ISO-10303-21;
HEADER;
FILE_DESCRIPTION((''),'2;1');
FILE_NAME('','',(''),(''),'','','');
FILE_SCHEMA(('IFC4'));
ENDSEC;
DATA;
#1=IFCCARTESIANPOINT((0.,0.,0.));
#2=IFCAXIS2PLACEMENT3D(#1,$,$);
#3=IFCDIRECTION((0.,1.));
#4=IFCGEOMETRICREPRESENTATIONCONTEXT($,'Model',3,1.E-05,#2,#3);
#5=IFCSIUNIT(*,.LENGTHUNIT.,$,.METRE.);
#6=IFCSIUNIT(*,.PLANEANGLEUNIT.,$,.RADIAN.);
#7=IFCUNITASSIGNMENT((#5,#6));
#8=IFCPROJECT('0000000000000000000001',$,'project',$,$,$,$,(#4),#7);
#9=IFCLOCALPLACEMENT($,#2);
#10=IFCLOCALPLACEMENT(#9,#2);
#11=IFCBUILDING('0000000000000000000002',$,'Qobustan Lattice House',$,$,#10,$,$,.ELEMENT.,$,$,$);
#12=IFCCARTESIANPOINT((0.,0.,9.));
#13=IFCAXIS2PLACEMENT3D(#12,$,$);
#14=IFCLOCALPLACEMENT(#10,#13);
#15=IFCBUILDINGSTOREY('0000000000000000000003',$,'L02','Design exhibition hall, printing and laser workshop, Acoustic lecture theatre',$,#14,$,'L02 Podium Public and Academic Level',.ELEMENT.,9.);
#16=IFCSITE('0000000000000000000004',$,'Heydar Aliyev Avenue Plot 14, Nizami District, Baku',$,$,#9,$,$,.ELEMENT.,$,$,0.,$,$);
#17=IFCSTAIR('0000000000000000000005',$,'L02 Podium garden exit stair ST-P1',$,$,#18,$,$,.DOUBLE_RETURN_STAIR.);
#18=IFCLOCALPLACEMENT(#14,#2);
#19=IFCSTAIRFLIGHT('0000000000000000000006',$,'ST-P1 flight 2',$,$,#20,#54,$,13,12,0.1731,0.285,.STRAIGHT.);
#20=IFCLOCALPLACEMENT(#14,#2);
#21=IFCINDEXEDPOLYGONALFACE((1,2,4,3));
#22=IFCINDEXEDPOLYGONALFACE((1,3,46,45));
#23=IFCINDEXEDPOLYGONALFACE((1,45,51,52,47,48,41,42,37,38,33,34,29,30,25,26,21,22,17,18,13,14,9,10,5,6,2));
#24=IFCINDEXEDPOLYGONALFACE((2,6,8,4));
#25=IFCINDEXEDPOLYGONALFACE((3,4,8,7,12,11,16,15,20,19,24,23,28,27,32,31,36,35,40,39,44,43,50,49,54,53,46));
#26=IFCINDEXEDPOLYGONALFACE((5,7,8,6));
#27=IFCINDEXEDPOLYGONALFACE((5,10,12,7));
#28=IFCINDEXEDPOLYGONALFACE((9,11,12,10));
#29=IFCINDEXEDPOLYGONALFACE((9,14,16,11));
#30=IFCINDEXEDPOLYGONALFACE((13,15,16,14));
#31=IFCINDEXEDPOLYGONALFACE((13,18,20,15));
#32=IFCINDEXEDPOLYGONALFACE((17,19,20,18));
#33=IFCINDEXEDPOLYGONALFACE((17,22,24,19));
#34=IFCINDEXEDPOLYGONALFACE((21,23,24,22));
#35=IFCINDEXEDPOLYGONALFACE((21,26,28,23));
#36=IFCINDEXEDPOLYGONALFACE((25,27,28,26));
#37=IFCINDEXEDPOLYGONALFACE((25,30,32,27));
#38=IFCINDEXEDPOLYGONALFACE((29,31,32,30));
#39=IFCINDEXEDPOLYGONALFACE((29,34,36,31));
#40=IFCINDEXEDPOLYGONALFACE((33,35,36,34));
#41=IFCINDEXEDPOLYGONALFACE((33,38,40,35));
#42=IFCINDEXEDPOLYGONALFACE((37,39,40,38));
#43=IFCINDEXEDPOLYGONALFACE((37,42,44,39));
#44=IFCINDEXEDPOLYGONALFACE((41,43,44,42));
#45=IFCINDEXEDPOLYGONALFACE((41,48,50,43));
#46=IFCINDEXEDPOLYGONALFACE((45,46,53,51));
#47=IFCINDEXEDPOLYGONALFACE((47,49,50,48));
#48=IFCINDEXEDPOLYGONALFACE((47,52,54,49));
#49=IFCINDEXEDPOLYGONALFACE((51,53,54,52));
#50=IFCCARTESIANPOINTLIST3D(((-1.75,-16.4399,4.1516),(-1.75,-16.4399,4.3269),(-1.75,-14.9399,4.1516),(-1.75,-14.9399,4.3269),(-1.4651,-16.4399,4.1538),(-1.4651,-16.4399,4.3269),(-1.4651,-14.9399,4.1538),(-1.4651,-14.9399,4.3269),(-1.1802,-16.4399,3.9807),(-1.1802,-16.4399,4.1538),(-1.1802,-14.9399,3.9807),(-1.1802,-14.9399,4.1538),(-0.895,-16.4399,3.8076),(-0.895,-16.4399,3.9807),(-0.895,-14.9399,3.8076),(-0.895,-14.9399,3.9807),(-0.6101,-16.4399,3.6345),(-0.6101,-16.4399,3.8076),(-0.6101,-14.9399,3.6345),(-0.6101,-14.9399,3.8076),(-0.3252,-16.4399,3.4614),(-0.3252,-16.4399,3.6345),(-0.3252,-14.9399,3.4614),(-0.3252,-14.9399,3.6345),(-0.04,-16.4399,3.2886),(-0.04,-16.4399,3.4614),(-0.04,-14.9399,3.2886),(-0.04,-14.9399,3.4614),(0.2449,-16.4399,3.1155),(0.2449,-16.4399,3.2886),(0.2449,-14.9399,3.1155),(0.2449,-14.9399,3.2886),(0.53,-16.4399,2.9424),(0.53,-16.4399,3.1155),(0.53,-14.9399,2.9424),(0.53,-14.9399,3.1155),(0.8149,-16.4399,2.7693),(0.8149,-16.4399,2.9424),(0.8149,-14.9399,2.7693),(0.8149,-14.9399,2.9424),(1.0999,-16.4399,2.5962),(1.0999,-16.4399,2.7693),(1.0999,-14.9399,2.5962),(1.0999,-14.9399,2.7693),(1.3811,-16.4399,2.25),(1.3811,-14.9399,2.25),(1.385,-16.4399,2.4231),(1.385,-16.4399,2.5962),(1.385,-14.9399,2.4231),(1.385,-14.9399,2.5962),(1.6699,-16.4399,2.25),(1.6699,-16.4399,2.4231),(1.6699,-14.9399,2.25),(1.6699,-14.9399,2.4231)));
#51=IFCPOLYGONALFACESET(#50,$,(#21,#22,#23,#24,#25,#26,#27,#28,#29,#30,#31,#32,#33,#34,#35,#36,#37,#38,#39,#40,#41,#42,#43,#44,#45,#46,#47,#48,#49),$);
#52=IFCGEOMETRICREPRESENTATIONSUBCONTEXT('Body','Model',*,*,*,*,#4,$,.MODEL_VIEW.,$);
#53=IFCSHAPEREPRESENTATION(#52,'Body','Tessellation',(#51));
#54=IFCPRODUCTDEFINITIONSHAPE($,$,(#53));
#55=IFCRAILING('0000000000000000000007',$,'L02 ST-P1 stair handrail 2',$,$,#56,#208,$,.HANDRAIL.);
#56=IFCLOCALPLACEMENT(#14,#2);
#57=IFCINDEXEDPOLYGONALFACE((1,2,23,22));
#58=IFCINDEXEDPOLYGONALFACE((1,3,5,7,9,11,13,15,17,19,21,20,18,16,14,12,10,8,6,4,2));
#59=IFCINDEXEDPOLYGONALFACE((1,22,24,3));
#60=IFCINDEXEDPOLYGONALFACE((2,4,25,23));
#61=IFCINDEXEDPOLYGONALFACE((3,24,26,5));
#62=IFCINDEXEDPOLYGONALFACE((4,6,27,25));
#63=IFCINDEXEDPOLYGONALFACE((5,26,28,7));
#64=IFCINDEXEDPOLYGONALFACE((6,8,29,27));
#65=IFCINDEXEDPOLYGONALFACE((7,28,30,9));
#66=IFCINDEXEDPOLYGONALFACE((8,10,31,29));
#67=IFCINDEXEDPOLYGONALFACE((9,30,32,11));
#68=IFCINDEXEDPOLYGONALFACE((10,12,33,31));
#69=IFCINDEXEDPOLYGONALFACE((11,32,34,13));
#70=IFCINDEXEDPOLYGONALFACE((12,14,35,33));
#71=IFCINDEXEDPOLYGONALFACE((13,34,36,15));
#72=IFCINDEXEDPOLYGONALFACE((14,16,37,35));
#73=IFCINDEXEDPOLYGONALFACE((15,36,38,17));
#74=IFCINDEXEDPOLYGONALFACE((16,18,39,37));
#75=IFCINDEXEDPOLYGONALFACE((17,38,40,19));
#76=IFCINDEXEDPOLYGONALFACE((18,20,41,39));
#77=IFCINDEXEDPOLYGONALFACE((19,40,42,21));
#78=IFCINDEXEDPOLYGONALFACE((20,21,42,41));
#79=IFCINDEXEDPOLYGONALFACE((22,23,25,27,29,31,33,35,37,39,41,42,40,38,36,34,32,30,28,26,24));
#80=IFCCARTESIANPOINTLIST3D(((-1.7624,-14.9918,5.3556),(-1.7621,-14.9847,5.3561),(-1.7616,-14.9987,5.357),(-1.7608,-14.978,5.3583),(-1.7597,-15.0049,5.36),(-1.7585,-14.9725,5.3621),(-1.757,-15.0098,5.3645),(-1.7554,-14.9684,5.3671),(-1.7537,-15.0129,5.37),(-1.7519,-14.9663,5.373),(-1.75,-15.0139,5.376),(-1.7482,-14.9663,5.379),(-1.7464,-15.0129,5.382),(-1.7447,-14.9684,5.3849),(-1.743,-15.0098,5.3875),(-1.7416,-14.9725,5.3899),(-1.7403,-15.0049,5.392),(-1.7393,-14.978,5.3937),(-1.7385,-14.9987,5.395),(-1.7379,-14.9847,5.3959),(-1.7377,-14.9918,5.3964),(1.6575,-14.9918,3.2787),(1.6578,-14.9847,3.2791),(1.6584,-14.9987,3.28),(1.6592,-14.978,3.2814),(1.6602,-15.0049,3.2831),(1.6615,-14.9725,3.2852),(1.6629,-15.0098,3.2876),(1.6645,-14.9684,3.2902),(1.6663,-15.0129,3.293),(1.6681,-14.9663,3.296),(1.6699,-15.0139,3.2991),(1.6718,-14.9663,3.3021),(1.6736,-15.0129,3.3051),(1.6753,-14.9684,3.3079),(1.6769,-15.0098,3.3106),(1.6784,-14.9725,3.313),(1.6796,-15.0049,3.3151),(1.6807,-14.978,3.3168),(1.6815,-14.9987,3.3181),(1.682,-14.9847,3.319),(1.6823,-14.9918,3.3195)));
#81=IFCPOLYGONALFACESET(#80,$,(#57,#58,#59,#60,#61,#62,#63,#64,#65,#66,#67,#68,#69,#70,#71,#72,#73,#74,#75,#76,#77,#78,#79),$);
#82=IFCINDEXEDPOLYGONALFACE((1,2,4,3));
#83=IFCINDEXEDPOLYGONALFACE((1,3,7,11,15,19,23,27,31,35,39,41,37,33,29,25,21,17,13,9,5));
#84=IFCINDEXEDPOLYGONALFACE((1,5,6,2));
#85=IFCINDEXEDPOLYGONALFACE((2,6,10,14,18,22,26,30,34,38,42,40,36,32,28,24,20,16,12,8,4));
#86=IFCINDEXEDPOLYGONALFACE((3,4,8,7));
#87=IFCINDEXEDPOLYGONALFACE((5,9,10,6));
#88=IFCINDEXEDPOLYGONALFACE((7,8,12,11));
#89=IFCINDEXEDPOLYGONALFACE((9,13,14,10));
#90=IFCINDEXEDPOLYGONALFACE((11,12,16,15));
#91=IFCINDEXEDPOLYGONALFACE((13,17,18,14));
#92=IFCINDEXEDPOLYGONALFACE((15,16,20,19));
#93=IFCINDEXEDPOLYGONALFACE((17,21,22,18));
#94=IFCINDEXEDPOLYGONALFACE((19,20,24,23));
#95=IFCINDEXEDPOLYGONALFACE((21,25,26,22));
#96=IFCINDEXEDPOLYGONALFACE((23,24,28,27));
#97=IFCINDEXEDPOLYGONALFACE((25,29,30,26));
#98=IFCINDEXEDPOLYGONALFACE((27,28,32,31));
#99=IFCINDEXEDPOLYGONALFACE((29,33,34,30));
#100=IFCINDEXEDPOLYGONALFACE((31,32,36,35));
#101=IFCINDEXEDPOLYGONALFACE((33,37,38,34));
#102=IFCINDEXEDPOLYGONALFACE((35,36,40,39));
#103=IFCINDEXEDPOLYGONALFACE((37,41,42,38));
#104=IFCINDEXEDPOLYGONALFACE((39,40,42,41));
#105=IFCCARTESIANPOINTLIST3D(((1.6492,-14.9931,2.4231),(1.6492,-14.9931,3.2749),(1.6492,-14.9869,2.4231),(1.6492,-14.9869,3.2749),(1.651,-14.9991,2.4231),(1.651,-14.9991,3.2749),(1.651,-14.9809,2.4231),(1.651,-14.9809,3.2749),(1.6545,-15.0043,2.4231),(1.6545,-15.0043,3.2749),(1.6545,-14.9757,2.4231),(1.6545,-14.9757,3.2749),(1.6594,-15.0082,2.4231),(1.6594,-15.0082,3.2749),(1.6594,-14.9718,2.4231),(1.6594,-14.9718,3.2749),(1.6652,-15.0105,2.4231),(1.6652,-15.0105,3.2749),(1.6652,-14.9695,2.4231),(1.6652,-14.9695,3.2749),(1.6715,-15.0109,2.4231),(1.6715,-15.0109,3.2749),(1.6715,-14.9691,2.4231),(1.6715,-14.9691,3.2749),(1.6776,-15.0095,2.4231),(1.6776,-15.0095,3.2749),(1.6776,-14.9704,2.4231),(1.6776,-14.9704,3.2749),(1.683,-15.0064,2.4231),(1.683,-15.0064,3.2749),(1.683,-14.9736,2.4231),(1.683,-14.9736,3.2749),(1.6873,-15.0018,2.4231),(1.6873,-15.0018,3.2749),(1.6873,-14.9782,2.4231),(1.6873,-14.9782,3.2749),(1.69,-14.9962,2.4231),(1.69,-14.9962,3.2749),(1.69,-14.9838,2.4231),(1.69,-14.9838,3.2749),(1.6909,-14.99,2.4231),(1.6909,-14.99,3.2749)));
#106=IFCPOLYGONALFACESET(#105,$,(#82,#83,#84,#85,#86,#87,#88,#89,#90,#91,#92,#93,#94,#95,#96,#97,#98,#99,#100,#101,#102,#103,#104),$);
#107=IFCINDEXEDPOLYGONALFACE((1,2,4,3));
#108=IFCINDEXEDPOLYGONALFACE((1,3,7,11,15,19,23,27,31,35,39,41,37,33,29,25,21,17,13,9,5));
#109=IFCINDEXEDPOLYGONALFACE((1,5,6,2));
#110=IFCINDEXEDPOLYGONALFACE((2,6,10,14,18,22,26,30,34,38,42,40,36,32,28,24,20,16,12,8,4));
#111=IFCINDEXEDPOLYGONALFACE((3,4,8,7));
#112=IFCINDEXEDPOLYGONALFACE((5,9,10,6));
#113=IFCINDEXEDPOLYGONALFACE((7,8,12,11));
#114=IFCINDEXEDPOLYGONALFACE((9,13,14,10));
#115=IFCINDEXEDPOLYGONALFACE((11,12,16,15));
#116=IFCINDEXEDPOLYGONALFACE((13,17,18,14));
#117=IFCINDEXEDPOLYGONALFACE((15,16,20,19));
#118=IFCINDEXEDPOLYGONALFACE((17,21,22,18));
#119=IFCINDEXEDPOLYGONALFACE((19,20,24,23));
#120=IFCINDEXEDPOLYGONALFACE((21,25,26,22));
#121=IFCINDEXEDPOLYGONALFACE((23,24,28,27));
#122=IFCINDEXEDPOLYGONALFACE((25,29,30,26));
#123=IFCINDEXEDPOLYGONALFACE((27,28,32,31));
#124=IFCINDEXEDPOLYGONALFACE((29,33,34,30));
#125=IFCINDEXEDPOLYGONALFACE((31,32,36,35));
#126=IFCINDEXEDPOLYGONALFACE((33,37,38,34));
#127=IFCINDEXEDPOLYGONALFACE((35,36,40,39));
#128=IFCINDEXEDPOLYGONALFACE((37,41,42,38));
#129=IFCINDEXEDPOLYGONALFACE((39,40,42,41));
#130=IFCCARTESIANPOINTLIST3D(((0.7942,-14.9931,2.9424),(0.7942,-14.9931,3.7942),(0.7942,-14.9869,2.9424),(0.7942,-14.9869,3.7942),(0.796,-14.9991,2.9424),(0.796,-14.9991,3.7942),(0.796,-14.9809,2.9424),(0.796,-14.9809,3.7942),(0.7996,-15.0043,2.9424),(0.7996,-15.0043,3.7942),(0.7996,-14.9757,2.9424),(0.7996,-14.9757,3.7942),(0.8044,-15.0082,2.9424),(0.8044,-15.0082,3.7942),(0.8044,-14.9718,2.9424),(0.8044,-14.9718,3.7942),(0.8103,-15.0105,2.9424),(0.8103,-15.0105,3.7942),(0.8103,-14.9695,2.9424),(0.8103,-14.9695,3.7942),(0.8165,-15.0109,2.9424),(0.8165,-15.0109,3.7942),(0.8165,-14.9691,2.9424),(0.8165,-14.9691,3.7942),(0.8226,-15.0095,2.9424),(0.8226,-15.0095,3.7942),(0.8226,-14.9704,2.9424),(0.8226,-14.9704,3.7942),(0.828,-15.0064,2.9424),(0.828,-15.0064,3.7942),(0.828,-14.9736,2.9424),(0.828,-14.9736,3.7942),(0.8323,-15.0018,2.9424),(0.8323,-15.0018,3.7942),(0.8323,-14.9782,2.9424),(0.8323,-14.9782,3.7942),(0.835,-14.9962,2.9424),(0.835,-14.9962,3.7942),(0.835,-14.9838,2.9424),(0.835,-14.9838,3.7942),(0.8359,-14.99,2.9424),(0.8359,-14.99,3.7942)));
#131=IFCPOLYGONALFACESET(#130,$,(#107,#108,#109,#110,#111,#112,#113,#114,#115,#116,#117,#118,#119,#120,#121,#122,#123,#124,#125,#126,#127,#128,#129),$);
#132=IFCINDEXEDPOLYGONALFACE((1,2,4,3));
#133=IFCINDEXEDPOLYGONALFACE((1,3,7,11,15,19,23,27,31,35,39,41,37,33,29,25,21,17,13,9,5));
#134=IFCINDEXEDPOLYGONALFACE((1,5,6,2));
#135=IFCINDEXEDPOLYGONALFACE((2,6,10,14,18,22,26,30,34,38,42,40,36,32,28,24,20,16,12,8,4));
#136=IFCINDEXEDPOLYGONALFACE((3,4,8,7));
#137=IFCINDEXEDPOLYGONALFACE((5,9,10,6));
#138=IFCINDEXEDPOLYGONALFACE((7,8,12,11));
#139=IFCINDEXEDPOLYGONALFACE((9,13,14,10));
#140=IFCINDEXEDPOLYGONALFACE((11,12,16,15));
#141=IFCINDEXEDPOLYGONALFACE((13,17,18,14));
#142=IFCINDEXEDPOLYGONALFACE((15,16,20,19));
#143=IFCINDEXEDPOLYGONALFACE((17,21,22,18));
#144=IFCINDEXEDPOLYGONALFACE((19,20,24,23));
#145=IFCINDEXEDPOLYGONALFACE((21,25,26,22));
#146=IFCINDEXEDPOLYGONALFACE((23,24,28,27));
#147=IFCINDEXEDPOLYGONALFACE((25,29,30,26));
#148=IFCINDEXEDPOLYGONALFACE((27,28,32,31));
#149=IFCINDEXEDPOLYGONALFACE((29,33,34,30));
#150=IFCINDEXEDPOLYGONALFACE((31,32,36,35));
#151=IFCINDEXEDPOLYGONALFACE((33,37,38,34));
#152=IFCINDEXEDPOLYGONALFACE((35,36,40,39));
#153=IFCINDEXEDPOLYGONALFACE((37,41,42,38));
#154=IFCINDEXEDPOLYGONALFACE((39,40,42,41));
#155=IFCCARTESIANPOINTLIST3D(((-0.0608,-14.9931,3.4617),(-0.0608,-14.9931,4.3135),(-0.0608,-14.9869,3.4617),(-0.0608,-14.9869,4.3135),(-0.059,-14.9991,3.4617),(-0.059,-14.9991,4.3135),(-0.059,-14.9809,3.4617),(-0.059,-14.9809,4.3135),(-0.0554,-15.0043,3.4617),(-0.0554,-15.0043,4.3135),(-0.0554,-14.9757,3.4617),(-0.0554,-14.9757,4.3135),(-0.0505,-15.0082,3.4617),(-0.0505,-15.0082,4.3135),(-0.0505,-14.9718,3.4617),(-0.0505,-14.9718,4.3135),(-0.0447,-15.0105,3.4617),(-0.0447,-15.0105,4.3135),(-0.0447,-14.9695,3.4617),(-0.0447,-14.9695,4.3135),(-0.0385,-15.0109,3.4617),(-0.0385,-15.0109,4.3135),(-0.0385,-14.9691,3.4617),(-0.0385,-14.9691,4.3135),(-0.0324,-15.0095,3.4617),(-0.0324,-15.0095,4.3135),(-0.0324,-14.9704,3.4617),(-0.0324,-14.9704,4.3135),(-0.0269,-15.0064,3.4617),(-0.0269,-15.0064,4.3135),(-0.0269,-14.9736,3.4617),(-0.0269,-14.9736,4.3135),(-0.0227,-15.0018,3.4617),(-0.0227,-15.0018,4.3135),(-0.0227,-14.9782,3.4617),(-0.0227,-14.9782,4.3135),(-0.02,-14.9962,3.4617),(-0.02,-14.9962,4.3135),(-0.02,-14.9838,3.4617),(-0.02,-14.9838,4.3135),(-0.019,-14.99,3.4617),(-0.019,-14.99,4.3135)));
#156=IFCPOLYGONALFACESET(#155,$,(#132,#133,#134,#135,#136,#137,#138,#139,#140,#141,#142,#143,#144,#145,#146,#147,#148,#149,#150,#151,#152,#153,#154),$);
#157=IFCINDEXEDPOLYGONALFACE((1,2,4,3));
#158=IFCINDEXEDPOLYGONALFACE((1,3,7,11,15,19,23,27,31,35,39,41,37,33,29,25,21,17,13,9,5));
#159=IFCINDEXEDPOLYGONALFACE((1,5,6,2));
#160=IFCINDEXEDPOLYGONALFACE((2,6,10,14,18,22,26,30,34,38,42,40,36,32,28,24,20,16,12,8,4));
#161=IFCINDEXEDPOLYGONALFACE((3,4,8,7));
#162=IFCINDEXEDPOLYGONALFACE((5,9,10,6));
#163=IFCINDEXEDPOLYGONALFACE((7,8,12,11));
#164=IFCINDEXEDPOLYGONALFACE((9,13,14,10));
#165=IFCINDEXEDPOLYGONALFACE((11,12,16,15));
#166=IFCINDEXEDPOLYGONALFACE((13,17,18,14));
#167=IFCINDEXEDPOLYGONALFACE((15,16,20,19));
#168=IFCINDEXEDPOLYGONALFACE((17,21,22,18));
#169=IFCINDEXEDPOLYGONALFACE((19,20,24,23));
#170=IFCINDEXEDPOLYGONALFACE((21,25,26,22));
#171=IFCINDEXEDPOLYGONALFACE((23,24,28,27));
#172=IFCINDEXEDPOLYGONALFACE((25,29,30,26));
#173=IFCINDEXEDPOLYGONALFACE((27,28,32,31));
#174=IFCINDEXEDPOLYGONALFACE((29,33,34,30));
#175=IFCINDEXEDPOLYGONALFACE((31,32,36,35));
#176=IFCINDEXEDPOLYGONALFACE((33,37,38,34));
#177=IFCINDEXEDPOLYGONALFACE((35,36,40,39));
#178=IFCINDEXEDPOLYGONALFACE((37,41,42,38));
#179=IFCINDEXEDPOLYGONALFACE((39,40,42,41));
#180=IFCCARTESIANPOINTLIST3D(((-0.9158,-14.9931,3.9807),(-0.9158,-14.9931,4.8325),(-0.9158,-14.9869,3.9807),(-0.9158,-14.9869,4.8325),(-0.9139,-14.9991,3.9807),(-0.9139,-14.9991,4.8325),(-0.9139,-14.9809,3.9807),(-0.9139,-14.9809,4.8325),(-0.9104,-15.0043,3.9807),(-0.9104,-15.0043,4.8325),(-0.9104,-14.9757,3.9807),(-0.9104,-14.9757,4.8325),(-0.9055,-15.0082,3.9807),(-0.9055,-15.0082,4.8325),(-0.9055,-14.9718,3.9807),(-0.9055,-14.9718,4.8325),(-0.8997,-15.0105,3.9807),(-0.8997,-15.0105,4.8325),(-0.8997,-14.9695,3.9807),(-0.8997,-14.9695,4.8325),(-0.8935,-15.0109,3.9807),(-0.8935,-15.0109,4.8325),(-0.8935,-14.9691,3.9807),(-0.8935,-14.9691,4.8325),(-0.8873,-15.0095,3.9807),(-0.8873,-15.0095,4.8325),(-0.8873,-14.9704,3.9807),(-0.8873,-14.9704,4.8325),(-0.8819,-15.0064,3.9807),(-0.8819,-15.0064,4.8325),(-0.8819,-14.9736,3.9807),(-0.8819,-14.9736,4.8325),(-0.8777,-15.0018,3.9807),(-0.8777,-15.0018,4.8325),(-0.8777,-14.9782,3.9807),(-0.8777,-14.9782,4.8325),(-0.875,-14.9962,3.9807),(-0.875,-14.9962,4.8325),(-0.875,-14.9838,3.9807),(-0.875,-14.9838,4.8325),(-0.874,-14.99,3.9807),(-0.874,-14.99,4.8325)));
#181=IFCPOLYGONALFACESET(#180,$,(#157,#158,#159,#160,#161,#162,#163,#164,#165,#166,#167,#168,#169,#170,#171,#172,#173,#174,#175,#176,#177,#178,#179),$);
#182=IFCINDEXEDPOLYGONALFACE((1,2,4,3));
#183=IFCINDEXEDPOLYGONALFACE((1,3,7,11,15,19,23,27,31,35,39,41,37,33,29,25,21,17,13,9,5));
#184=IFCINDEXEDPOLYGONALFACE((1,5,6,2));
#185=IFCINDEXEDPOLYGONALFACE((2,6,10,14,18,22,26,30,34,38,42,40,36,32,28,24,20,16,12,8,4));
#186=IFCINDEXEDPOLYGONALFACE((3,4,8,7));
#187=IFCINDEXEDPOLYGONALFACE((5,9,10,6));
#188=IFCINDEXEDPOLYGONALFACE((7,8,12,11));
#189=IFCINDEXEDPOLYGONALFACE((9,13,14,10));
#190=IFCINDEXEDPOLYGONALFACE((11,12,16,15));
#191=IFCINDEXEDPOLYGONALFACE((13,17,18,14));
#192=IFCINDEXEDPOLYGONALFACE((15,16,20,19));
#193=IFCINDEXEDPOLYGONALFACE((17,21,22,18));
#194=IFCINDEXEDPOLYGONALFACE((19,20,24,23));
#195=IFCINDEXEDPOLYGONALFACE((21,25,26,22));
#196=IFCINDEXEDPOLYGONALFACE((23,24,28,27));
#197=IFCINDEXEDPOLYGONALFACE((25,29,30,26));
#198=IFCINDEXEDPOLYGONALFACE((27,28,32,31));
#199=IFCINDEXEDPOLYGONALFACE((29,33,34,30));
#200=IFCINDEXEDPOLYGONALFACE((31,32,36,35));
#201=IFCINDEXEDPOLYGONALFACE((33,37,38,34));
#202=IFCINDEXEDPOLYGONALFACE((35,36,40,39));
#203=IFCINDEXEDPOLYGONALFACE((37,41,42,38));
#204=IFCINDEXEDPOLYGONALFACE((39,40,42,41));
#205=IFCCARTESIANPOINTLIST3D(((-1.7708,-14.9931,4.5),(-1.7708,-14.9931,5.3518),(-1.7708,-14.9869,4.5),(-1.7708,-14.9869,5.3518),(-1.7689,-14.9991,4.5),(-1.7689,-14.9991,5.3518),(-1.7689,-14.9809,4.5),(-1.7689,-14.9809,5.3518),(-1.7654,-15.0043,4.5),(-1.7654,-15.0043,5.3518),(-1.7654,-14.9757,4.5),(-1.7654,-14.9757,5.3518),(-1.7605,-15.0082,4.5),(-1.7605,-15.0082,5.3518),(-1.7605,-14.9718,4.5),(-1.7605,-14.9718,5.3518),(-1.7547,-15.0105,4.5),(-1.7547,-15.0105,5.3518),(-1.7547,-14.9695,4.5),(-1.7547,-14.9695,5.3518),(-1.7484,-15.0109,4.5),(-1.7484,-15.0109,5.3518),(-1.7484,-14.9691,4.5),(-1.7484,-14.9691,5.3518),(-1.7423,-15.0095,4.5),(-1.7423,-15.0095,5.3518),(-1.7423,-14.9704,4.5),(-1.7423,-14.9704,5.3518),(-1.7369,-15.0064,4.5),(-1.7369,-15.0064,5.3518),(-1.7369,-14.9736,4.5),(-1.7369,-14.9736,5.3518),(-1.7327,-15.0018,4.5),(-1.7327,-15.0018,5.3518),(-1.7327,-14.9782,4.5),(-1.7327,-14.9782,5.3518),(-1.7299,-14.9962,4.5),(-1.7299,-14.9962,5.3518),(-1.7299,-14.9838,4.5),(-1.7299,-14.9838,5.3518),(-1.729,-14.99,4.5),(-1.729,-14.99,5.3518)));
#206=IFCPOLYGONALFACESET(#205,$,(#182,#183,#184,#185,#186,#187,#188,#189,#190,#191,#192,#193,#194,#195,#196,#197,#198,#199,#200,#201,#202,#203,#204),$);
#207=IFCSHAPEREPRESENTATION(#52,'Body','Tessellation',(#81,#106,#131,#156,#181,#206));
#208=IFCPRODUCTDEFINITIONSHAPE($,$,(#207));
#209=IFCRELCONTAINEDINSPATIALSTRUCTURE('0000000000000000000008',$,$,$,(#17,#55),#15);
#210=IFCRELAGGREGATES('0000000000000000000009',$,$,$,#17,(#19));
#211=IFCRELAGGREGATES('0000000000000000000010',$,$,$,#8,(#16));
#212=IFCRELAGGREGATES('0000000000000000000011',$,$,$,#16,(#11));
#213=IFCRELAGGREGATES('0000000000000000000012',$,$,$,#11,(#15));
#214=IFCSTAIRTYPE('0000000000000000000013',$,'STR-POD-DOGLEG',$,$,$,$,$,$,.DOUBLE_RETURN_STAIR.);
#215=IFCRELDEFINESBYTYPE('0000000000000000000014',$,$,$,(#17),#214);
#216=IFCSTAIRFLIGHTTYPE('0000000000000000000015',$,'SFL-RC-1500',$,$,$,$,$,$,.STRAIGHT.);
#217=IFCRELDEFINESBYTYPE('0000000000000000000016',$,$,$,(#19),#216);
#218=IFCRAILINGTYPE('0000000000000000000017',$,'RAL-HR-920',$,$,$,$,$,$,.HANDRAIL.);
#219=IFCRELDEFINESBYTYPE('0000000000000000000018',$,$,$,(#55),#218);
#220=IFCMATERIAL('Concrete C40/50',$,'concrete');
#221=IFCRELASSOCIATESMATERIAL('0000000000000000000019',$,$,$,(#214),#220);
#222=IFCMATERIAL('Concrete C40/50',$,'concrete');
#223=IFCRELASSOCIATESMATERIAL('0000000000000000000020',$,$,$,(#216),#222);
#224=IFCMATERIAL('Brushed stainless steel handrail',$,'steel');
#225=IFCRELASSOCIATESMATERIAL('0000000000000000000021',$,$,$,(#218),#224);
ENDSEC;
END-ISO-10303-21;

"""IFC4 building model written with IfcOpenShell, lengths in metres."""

from ifc_helpers import new_model, si_unit, direction, frame, origin, origin_2d, place, context, subcontext, project, spatial, polyline, circle, outline, extrude, material, type_object, element, aggregate, save


model = new_model("IFC4")

# Units and contexts
model_context = context("Model", 3, precision=1e-05, world=origin(), true_north=direction((0.0, 1.0)))
body_context = subcontext(model_context, "Body", "Model", "MODEL_VIEW")
ifc_project = project(units=[si_unit("LENGTHUNIT", "METRE"), si_unit("PLANEANGLEUNIT", "RADIAN")], contexts=[model_context])

# Site, building, storey
site_placement = place(None, origin())
site = spatial("IfcSite", under=ifc_project, at=site_placement, Name="Heydar Aliyev Avenue Plot 14, Nizami District, Baku", CompositionType="ELEMENT", RefElevation=0.0)
building_placement = place(site_placement, origin())
building = spatial("IfcBuilding", under=site, at=building_placement, Name="Qobustan Lattice House", CompositionType="ELEMENT")
storey_placement = place(building_placement, frame((0.0, 0.0, 9.0)))
storey = spatial("IfcBuildingStorey", under=building, at=storey_placement, Name="L02", Description="Design exhibition hall, printing and laser workshop, Acoustic lecture theatre", LongName="L02 Podium Public and Academic Level", CompositionType="ELEMENT", Elevation=9.0)

# Stair, stair flight
ifc_material_1 = material(Name="Concrete C40/50", Category="concrete")
stair_type = type_object("IfcStairType", Name="STR-POD-DOGLEG", PredefinedType="DOUBLE_RETURN_STAIR", material=ifc_material_1)
stair_placement = place(storey_placement, origin())
stair = element("IfcStair", 1, at=stair_placement, inside=storey, type_object=stair_type, Name="L02 Podium garden exit stair ST-P1", PredefinedType="DOUBLE_RETURN_STAIR")
ifc_material_2 = material(Name="Concrete C40/50", Category="concrete")
stair_flight_type = type_object("IfcStairFlightType", Name="SFL-RC-1500", PredefinedType="STRAIGHT", material=ifc_material_2)
stair_flight_placement = place(storey_placement, frame((1.6699, -15.6899, 2.25), z_axis=(0.0, 0.0, 1.0), x_axis=(-1.0, 0.0, 0.0)))
stair_flight = element("IfcStairFlight", 2, at=stair_flight_placement, type_object=stair_flight_type, Name="ST-P1 flight 2", NumberOfRisers=13, NumberOfTreads=12, PredefinedType="STRAIGHT", RiserHeight=0.1731, TreadLength=0.285, context=body_context, shape_type="SweptSolid", body=[
    extrude(outline(polyline([(0.0, 0.0), (0.0, 0.1731), (0.2849, 0.1731), (0.2849, 0.3462), (0.5701, 0.3462), (0.5701, 0.5193), (0.855, 0.5193), (0.855, 0.6924), (1.1399, 0.6924), (1.1399, 0.8655), (1.425, 0.8655), (1.425, 1.0386), (1.71, 1.0386), (1.71, 1.2114), (1.9951, 1.2114), (1.9951, 1.3845), (2.28, 1.3845), (2.28, 1.5576), (2.5649, 1.5576), (2.5649, 1.7307), (2.8501, 1.7307), (2.8501, 1.9038), (3.135, 1.9038), (3.135, 2.0769), (3.4199, 2.0769), (3.4199, 2.25), (3.4199, 1.9016), (0.2888, 0.0), (0.0, 0.0)])), frame((0.0, 0.75, 0.0), z_axis=(0.0, -1.0, 0.0), x_axis=(1.0, 0.0, 0.0)), (0.0, 0.0, 1.0), 1.5),
])
aggregate(stair, [stair_flight])

# Railing
ifc_material_3 = material(Name="Brushed stainless steel handrail", Category="steel")
railing_type_1 = type_object("IfcRailingType", Name="RAL-HR-920", PredefinedType="HANDRAIL", material=ifc_material_3)
railing_1_placement = place(storey_placement, frame((1.6699, -14.99, 2.4231)))
element("IfcRailing", 3, at=railing_1_placement, inside=storey, type_object=railing_type_1, Name="L02 ST-P1 stair handrail 2", PredefinedType="HANDRAIL", context=body_context, shape_type="SweptSolid", body=[
    extrude(circle(Radius=0.0239, at=origin_2d()), frame((0.0, 0.0, 0.876), z_axis=(-0.85473, 0.0, 0.519074), x_axis=(0.0, -1.0, 0.0)), (0.0, 0.0, 1.0), 4.0012),
    extrude(circle(Radius=0.021, at=origin_2d()), origin(), (0.0, 0.0, 1.0), 0.8518),
    extrude(circle(Radius=0.021, at=origin_2d()), frame((-0.855, 0.0, 0.5193)), (0.0, 0.0, 1.0), 0.8518),
    extrude(circle(Radius=0.021, at=origin_2d()), frame((-1.71, 0.0, 1.0386)), (0.0, 0.0, 1.0), 0.8518),
    extrude(circle(Radius=0.021, at=origin_2d()), frame((-2.5649, 0.0, 1.5576)), (0.0, 0.0, 1.0), 0.8518),
    extrude(circle(Radius=0.021, at=origin_2d()), frame((-3.4199, 0.0, 2.0769)), (0.0, 0.0, 1.0), 0.8518),
])

save(model, "model.ifc")
